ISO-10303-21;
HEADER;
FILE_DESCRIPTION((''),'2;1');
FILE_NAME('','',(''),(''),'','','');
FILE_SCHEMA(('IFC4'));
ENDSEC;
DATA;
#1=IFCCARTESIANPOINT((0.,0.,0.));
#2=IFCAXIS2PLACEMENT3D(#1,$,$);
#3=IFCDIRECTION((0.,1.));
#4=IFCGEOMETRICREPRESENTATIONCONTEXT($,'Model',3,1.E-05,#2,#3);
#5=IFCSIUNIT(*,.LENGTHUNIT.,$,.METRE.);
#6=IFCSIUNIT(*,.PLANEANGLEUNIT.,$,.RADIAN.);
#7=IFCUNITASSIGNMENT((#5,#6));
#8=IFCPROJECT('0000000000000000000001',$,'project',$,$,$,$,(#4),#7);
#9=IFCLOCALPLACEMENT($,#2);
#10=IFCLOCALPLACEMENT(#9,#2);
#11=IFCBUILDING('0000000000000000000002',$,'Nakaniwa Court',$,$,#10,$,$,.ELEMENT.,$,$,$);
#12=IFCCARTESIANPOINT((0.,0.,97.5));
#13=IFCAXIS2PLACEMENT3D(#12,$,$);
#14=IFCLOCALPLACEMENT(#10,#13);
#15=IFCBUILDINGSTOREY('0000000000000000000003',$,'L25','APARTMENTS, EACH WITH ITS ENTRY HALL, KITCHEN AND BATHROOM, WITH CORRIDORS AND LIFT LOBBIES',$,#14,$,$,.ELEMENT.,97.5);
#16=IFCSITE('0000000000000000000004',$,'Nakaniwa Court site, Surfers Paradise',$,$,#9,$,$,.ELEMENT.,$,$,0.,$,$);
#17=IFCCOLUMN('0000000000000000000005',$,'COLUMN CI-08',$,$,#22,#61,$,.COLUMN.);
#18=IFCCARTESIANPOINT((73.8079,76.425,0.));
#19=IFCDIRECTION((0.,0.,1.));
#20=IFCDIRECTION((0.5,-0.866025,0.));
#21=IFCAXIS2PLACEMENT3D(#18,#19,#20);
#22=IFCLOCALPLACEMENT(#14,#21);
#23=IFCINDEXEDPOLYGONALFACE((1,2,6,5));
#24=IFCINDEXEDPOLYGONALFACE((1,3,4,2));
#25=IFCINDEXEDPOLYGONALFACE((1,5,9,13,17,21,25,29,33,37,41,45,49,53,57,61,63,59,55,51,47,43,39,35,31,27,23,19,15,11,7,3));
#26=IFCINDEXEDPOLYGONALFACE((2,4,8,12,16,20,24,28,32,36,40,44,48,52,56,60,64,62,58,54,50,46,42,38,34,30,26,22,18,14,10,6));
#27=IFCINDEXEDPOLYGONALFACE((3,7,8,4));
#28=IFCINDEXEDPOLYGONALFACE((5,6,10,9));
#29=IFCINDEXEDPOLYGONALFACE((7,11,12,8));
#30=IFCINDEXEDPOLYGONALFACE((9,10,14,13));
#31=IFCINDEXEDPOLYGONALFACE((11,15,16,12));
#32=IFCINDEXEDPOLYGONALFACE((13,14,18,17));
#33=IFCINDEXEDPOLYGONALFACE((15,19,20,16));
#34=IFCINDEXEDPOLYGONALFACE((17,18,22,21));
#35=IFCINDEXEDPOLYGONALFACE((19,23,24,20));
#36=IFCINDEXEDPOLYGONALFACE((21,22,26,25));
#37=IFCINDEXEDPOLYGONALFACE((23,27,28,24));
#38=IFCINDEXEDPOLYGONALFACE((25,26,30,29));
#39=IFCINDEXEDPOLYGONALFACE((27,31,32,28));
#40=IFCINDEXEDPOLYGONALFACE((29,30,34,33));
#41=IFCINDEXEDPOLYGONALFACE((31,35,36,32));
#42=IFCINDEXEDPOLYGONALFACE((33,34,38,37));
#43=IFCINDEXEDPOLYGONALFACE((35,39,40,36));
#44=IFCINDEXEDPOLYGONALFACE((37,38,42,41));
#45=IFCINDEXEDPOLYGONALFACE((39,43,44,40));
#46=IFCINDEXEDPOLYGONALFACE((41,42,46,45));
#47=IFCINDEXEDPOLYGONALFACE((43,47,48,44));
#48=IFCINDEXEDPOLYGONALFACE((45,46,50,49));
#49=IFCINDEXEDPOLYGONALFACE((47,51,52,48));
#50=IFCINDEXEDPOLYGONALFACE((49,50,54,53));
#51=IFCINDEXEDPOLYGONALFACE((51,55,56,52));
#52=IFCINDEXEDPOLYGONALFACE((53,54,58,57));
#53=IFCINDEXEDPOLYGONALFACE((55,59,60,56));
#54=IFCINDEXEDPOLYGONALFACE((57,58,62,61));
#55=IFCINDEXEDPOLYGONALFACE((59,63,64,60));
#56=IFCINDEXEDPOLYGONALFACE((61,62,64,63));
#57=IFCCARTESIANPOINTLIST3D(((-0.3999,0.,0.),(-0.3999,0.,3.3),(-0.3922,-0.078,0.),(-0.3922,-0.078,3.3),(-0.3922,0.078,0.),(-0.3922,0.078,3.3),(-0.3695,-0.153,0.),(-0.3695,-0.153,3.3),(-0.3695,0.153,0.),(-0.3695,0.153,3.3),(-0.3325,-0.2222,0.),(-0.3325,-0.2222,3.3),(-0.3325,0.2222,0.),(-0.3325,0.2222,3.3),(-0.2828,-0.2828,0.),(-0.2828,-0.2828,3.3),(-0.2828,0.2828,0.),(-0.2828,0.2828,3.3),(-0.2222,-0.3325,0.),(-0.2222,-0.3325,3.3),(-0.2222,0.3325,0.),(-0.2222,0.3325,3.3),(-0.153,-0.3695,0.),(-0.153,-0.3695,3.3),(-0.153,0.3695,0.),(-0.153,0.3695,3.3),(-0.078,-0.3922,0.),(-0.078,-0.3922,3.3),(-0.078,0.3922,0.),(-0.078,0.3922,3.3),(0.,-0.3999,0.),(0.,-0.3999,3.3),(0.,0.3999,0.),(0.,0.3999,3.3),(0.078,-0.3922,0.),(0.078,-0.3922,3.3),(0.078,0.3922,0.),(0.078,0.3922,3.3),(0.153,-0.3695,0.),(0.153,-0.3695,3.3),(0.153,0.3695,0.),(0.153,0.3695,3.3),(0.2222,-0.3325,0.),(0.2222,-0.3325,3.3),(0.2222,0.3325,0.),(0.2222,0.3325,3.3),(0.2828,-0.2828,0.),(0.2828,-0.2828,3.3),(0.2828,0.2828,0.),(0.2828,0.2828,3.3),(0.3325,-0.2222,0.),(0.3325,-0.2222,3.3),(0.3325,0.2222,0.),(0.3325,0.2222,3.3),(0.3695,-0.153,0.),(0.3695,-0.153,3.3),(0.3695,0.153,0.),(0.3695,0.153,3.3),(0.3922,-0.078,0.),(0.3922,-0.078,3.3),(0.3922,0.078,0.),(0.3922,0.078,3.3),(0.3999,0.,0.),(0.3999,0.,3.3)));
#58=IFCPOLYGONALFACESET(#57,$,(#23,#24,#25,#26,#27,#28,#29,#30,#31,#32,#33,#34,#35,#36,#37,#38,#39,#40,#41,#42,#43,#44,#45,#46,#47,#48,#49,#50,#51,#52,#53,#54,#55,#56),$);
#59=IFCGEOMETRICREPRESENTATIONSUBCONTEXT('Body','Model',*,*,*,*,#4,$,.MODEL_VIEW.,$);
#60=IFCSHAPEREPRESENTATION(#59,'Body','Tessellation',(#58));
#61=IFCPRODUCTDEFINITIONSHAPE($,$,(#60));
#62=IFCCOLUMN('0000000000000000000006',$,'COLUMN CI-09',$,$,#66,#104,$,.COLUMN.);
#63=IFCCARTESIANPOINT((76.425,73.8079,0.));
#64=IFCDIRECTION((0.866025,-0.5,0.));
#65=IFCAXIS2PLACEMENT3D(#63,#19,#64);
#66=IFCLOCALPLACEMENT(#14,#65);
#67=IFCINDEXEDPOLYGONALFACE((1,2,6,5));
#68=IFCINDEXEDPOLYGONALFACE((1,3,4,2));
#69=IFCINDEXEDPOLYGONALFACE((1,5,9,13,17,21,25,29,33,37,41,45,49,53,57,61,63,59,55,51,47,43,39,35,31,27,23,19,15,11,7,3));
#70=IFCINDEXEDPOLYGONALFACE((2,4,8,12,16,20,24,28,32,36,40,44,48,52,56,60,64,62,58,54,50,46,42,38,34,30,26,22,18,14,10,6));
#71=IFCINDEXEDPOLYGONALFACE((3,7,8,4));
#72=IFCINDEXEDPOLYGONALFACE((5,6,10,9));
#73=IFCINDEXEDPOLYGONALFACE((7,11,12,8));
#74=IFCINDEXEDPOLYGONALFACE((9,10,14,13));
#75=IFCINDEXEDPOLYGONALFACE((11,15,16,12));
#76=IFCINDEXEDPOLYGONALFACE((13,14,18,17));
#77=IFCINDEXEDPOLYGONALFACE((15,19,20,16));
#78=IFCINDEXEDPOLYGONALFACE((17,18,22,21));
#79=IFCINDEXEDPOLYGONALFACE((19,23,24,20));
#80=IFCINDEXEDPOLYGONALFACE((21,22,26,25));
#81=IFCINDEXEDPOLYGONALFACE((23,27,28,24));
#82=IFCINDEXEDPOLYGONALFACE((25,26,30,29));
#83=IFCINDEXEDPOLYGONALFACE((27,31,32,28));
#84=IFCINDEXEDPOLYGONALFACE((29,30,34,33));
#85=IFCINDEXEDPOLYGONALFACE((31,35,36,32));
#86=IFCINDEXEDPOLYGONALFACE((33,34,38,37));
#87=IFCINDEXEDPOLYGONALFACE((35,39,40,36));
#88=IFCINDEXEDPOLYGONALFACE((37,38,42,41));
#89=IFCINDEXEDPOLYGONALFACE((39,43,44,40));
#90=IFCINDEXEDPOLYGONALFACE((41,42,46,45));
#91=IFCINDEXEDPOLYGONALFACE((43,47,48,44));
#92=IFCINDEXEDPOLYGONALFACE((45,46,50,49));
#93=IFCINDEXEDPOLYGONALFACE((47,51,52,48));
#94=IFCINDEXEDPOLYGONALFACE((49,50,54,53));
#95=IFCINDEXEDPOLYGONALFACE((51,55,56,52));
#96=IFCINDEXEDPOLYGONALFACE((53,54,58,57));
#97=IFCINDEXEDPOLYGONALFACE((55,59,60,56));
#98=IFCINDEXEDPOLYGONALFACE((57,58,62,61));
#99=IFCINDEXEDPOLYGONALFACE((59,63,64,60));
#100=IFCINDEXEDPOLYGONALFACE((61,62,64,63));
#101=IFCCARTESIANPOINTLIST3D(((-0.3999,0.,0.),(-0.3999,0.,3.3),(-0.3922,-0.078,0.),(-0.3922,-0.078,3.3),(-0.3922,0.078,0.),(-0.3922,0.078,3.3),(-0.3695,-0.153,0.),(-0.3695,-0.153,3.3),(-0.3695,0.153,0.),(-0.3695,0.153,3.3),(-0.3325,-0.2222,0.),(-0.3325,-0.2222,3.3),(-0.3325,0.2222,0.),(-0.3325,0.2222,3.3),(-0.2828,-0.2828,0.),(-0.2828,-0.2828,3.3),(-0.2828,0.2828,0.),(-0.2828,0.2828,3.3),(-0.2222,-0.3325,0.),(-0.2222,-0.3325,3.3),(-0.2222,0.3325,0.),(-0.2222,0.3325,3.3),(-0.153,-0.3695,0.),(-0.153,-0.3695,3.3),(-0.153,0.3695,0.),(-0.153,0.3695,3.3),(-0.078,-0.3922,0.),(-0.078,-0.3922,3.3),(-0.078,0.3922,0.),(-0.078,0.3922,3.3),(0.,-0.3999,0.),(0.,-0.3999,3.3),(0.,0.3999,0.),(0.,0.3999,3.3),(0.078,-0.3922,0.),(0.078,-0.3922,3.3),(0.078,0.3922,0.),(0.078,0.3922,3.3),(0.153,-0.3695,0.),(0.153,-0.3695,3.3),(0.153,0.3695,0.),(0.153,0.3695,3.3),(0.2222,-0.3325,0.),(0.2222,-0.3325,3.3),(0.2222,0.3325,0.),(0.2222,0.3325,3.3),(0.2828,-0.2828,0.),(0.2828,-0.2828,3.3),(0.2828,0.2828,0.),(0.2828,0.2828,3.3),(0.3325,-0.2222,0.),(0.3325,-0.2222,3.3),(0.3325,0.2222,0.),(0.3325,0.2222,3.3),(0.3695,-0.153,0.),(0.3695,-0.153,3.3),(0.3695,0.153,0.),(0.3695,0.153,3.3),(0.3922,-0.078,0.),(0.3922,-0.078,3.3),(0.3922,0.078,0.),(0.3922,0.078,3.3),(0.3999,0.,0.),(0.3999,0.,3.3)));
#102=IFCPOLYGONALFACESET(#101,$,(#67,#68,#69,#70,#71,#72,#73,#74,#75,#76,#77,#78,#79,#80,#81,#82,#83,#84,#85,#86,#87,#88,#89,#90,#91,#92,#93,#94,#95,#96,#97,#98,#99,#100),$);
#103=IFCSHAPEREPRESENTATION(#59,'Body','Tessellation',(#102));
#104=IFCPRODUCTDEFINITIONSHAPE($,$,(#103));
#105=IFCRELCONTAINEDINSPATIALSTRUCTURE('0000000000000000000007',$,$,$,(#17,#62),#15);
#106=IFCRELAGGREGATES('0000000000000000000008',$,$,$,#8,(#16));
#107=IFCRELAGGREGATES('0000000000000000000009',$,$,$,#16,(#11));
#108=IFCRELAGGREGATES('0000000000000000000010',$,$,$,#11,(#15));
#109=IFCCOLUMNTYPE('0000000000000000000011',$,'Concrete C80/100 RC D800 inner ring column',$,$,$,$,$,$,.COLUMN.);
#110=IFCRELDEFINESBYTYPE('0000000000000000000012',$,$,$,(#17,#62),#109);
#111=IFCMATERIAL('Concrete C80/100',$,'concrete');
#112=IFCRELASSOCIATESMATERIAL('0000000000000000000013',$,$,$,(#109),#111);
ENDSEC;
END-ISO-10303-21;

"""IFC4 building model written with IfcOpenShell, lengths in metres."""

from ifc_helpers import new_model, si_unit, direction, frame, origin, origin_2d, place, context, subcontext, project, spatial, circle, extrude, material, material_profile, profile_set, type_object, element, save


model = new_model("IFC4")

# Units and contexts
model_context = context("Model", 3, precision=1e-05, world=origin(), true_north=direction((0.0, 1.0)))
body_context = subcontext(model_context, "Body", "Model", "MODEL_VIEW")
ifc_project = project(units=[si_unit("LENGTHUNIT", "METRE"), si_unit("PLANEANGLEUNIT", "RADIAN")], contexts=[model_context])

# Site, building, storey
site_placement = place(None, origin())
site = spatial("IfcSite", under=ifc_project, at=site_placement, Name="Nakaniwa Court site, Surfers Paradise", CompositionType="ELEMENT", RefElevation=0.0)
building_placement = place(site_placement, origin())
building = spatial("IfcBuilding", under=site, at=building_placement, Name="Nakaniwa Court", CompositionType="ELEMENT")
storey_placement = place(building_placement, frame((0.0, 0.0, 97.5)))
storey = spatial("IfcBuildingStorey", under=building, at=storey_placement, Name="L25", Description="APARTMENTS, EACH WITH ITS ENTRY HALL, KITCHEN AND BATHROOM, WITH CORRIDORS AND LIFT LOBBIES", CompositionType="ELEMENT", Elevation=97.5)

# Columns
ifc_material_1 = material(Name="Concrete C80/100", Category="concrete")
ifc_material_profile_1 = material_profile(ifc_material_1, circle(Radius=0.3999, at=origin_2d()), Name="Concrete C80/100 RC D800 inner ring column")
ifc_profile_set_1 = profile_set([ifc_material_profile_1], Name="Concrete C80/100")
column_type_1 = type_object("IfcColumnType", Name="Concrete C80/100 RC D800 inner ring column", PredefinedType="COLUMN", material=ifc_profile_set_1)
for number, where, z_axis, x_axis, name in (
    (1, (73.8079, 76.425, 0.0), (0.0, 0.0, 1.0), (0.5, -0.866025, 0.0), "COLUMN CI-08"),
    (2, (76.425, 73.8079, 0.0), (0.0, 0.0, 1.0), (0.866025, -0.5, 0.0), "COLUMN CI-09"),
):
    element("IfcColumn", number, at=place(storey_placement, frame(where, z_axis=z_axis, x_axis=x_axis)), inside=storey, type_object=column_type_1, Name=name, PredefinedType="COLUMN", context=body_context, shape_type="SweptSolid", body=[
        extrude(circle(Radius=0.3999, at=origin_2d()), origin(), (0.0, 0.0, 1.0), 3.3),
    ])

save(model, "model.ifc")
